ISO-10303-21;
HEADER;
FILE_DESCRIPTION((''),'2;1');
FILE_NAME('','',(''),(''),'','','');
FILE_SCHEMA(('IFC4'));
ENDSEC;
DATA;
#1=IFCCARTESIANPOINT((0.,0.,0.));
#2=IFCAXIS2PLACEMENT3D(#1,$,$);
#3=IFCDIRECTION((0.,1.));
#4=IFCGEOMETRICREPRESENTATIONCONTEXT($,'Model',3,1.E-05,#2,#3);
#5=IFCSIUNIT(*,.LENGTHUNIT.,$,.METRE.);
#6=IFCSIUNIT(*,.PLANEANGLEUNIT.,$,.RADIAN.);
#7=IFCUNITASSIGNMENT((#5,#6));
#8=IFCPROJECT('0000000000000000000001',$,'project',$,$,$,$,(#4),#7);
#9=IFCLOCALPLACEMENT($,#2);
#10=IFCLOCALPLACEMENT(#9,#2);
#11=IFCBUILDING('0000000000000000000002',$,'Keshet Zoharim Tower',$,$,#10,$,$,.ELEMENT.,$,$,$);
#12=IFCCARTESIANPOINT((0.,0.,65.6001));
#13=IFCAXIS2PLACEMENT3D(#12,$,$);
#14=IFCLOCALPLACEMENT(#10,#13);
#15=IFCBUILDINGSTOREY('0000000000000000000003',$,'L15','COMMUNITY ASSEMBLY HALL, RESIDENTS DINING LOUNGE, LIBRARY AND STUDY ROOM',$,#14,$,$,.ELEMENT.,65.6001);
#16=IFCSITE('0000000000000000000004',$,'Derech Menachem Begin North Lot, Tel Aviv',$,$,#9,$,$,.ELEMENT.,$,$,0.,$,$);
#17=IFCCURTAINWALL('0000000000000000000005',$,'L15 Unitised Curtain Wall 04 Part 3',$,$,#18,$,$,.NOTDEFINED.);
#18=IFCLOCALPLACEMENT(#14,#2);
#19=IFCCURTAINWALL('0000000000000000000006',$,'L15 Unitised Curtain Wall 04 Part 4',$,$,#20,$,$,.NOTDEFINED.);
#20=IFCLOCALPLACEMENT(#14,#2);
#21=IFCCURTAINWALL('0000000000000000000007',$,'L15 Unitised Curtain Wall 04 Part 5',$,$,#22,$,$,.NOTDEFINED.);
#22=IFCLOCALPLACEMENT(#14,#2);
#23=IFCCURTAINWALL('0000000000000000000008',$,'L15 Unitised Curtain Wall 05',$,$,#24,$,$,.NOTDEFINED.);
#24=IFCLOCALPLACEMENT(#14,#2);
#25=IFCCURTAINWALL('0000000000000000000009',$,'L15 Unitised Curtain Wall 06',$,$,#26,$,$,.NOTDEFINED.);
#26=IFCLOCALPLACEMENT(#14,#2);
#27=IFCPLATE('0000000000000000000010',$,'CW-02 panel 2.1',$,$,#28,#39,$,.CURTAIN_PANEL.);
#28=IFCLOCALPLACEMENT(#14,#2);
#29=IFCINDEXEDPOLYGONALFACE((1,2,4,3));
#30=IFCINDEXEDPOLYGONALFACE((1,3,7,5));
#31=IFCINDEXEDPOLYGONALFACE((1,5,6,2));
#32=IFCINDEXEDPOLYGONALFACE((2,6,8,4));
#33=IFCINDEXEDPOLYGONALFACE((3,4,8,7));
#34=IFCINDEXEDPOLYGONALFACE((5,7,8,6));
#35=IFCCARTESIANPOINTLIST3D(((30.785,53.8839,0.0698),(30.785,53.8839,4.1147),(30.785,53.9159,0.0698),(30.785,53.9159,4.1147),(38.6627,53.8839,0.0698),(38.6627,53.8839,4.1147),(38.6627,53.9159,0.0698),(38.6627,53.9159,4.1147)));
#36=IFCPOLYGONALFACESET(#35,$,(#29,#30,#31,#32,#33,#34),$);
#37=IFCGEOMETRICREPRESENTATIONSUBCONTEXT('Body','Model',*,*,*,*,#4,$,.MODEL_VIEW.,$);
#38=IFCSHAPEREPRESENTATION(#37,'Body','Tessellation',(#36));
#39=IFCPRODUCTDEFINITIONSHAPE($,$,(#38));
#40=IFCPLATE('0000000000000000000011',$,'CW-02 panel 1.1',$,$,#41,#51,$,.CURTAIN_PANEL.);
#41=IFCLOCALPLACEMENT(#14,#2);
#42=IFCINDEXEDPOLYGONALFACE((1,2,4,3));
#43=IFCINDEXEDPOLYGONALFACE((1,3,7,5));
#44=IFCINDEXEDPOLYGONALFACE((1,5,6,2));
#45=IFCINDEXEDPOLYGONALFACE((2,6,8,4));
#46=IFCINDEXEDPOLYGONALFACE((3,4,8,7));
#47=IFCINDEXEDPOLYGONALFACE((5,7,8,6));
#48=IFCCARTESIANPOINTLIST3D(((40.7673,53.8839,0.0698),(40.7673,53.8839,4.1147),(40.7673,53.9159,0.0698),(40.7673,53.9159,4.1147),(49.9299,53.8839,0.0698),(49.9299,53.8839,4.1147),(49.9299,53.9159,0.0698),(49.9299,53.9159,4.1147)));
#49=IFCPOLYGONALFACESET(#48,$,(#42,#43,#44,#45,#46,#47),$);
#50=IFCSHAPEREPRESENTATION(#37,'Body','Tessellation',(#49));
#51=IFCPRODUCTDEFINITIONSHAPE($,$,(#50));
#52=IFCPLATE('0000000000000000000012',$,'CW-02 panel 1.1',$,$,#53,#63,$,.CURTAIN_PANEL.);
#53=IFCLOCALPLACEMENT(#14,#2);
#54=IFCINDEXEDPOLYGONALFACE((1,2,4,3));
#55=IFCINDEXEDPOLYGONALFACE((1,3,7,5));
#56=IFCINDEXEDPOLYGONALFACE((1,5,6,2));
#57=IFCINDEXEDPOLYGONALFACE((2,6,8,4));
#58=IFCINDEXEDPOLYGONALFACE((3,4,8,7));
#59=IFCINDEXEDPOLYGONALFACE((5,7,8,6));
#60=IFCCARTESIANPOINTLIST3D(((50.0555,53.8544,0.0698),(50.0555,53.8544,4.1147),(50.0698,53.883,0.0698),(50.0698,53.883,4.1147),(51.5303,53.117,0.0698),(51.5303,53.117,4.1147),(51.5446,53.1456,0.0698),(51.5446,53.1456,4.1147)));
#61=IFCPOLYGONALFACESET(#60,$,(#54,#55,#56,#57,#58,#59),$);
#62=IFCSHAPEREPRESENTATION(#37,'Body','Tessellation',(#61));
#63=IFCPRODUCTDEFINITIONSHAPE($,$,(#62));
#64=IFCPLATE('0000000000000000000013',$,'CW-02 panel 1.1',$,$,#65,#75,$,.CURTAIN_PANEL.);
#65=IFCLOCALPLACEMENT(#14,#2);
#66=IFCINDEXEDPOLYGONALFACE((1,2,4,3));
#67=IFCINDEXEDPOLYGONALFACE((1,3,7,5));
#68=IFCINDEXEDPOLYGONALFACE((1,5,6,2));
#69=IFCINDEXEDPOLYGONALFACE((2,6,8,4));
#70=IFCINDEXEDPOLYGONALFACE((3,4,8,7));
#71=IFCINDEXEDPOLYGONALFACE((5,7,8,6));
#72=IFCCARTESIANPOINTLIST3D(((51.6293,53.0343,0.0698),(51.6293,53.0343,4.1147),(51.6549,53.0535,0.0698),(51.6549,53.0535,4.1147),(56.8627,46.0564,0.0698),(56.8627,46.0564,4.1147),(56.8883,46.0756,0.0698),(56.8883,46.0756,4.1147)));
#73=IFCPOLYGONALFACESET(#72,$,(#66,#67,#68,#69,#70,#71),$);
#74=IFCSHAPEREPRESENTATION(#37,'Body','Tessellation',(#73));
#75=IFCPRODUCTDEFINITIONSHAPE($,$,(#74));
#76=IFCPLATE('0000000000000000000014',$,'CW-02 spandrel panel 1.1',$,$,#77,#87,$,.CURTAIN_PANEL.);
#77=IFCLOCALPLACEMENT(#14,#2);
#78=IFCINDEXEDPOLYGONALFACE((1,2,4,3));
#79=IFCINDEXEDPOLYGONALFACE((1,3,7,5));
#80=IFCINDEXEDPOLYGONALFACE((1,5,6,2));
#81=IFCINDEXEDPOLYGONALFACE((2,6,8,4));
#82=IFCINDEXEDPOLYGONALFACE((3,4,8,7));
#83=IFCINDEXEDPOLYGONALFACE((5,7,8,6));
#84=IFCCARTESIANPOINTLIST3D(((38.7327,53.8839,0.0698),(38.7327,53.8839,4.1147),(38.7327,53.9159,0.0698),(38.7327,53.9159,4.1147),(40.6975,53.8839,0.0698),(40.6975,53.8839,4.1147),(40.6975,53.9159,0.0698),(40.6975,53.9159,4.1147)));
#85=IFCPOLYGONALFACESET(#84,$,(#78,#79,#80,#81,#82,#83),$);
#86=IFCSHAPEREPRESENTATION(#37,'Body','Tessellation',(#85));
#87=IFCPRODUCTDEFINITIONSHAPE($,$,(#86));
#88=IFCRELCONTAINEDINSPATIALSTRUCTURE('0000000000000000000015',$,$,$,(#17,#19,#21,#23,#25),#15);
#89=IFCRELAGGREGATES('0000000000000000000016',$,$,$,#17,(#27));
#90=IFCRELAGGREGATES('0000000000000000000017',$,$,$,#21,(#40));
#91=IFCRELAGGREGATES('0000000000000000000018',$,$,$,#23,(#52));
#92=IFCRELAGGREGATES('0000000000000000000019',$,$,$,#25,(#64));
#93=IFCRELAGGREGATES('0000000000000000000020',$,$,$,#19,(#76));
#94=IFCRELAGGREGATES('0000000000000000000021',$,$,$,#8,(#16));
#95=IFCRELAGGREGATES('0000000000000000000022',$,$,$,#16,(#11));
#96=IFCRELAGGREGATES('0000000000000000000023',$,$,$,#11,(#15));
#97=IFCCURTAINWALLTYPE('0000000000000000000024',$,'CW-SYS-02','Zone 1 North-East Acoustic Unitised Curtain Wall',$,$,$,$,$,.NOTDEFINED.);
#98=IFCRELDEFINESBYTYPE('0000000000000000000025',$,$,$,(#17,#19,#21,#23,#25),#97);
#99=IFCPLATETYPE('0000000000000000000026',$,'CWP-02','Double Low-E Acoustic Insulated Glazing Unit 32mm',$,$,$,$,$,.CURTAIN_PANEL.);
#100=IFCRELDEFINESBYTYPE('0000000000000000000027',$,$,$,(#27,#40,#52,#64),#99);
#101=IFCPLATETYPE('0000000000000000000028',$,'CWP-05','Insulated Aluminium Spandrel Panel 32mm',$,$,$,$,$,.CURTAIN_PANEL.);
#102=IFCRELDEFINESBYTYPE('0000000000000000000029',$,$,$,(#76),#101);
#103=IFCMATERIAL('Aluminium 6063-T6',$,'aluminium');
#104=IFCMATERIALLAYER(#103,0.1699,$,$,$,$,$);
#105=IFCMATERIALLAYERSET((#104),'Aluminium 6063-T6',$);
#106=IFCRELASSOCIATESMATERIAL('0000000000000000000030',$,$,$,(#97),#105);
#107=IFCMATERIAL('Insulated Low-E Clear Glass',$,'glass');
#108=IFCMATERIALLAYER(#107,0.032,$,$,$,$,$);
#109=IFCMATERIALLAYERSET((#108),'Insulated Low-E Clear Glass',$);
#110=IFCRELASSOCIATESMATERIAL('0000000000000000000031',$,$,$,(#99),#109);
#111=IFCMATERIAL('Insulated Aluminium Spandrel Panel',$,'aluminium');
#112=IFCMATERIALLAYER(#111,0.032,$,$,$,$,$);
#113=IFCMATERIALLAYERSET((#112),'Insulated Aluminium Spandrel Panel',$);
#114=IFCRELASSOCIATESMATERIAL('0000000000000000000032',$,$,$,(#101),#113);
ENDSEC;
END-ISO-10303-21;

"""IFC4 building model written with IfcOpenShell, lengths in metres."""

from ifc_helpers import new_model, si_unit, direction, frame, origin, origin_2d, place, context, subcontext, project, spatial, rectangle, extrude, material, layer, layer_set, type_object, element, aggregate, save


model = new_model("IFC4")

# Units and contexts
model_context = context("Model", 3, precision=1e-05, world=origin(), true_north=direction((0.0, 1.0)))
body_context = subcontext(model_context, "Body", "Model", "MODEL_VIEW")
ifc_project = project(units=[si_unit("LENGTHUNIT", "METRE"), si_unit("PLANEANGLEUNIT", "RADIAN")], contexts=[model_context])

# Site, building, storey
site_placement = place(None, origin())
site = spatial("IfcSite", under=ifc_project, at=site_placement, Name="Derech Menachem Begin North Lot, Tel Aviv", CompositionType="ELEMENT", RefElevation=0.0)
building_placement = place(site_placement, origin())
building = spatial("IfcBuilding", under=site, at=building_placement, Name="Keshet Zoharim Tower", CompositionType="ELEMENT")
storey_placement = place(building_placement, frame((0.0, 0.0, 65.6001)))
storey = spatial("IfcBuildingStorey", under=building, at=storey_placement, Name="L15", Description="COMMUNITY ASSEMBLY HALL, RESIDENTS DINING LOUNGE, LIBRARY AND STUDY ROOM", CompositionType="ELEMENT", Elevation=65.6001)

# Curtain walls
ifc_material_1 = material(Name="Aluminium 6063-T6", Category="aluminium")
ifc_layer_1 = layer(ifc_material_1, 0.1699)
ifc_layer_set_1 = layer_set([ifc_layer_1], Name="Aluminium 6063-T6")
curtain_wall_type = type_object("IfcCurtainWallType", Name="CW-SYS-02", Description="Zone 1 North-East Acoustic Unitised Curtain Wall", PredefinedType="NOTDEFINED", material=ifc_layer_set_1)
curtain_wall_1_placement = place(storey_placement, origin())
curtain_wall_1 = element("IfcCurtainWall", 1, at=curtain_wall_1_placement, inside=storey, type_object=curtain_wall_type, Name="L15 Unitised Curtain Wall 04 Part 3", PredefinedType="NOTDEFINED")
curtain_wall_2_placement = place(storey_placement, origin())
curtain_wall_2 = element("IfcCurtainWall", 2, at=curtain_wall_2_placement, inside=storey, type_object=curtain_wall_type, Name="L15 Unitised Curtain Wall 04 Part 4", PredefinedType="NOTDEFINED")
curtain_wall_3_placement = place(storey_placement, origin())
curtain_wall_3 = element("IfcCurtainWall", 3, at=curtain_wall_3_placement, inside=storey, type_object=curtain_wall_type, Name="L15 Unitised Curtain Wall 04 Part 5", PredefinedType="NOTDEFINED")

# Curtain walls
curtain_wall_4_placement = place(storey_placement, origin())
curtain_wall_4 = element("IfcCurtainWall", 4, at=curtain_wall_4_placement, inside=storey, type_object=curtain_wall_type, Name="L15 Unitised Curtain Wall 05", PredefinedType="NOTDEFINED")
curtain_wall_5_placement = place(storey_placement, origin())
curtain_wall_5 = element("IfcCurtainWall", 5, at=curtain_wall_5_placement, inside=storey, type_object=curtain_wall_type, Name="L15 Unitised Curtain Wall 06", PredefinedType="NOTDEFINED")

# Plates
ifc_material_2 = material(Name="Insulated Low-E Clear Glass", Category="glass")
ifc_layer_2 = layer(ifc_material_2, 0.032)
ifc_layer_set_2 = layer_set([ifc_layer_2], Name="Insulated Low-E Clear Glass")
plate_type_1 = type_object("IfcPlateType", Name="CWP-02", Description="Double Low-E Acoustic Insulated Glazing Unit 32mm", PredefinedType="CURTAIN_PANEL", material=ifc_layer_set_2)
plate_1_placement = place(storey_placement, frame((34.7239, 53.8999, 0.0698), z_axis=(0.0, 0.0, 1.0), x_axis=(1.0, 0.0, 0.0)))
plate_1 = element("IfcPlate", 6, at=plate_1_placement, type_object=plate_type_1, Name="CW-02 panel 2.1", PredefinedType="CURTAIN_PANEL", context=body_context, shape_type="SweptSolid", body=[
    extrude(rectangle(XDim=7.8777, YDim=0.032, at=origin_2d()), origin(), (0.0, 0.0, 1.0), 4.0449),
])
aggregate(curtain_wall_1, [plate_1])
plate_2_placement = place(storey_placement, frame((45.3486, 53.8999, 0.0698), z_axis=(0.0, 0.0, 1.0), x_axis=(1.0, 0.0, 0.0)))
plate_2 = element("IfcPlate", 7, at=plate_2_placement, type_object=plate_type_1, Name="CW-02 panel 1.1", PredefinedType="CURTAIN_PANEL", context=body_context, shape_type="SweptSolid", body=[
    extrude(rectangle(XDim=9.1626, YDim=0.032, at=origin_2d()), origin(), (0.0, 0.0, 1.0), 4.0449),
])
aggregate(curtain_wall_3, [plate_2])
plate_3_placement = place(storey_placement, frame((50.8, 53.5, 0.0698), z_axis=(0.0, 0.0, 1.0), x_axis=(0.894427, -0.447214, 0.0)))
plate_3 = element("IfcPlate", 8, at=plate_3_placement, type_object=plate_type_1, Name="CW-02 panel 1.1", PredefinedType="CURTAIN_PANEL", context=body_context, shape_type="SweptSolid", body=[
    extrude(rectangle(XDim=1.6489, YDim=0.032, at=origin_2d()), origin(), (0.0, 0.0, 1.0), 4.0449),
])
aggregate(curtain_wall_4, [plate_3])
plate_4_placement = place(storey_placement, frame((54.2588, 49.5549, 0.0698), z_axis=(0.0, 0.0, 1.0), x_axis=(0.6, -0.8, 0.0)))
plate_4 = element("IfcPlate", 9, at=plate_4_placement, type_object=plate_type_1, Name="CW-02 panel 1.1", PredefinedType="CURTAIN_PANEL", context=body_context, shape_type="SweptSolid", body=[
    extrude(rectangle(XDim=8.7224, YDim=0.032, at=origin_2d()), origin(), (0.0, 0.0, 1.0), 4.0449),
])
aggregate(curtain_wall_5, [plate_4])
ifc_material_3 = material(Name="Insulated Aluminium Spandrel Panel", Category="aluminium")
ifc_layer_3 = layer(ifc_material_3, 0.032)
ifc_layer_set_3 = layer_set([ifc_layer_3], Name="Insulated Aluminium Spandrel Panel")
plate_type_2 = type_object("IfcPlateType", Name="CWP-05", Description="Insulated Aluminium Spandrel Panel 32mm", PredefinedType="CURTAIN_PANEL", material=ifc_layer_set_3)
plate_5_placement = place(storey_placement, frame((39.7151, 53.8999, 0.0698), z_axis=(0.0, 0.0, 1.0), x_axis=(1.0, 0.0, 0.0)))
plate_5 = element("IfcPlate", 10, at=plate_5_placement, type_object=plate_type_2, Name="CW-02 spandrel panel 1.1", PredefinedType="CURTAIN_PANEL", context=body_context, shape_type="SweptSolid", body=[
    extrude(rectangle(XDim=1.9648, YDim=0.032, at=origin_2d()), origin(), (0.0, 0.0, 1.0), 4.0449),
])
aggregate(curtain_wall_2, [plate_5])

save(model, "model.ifc")
